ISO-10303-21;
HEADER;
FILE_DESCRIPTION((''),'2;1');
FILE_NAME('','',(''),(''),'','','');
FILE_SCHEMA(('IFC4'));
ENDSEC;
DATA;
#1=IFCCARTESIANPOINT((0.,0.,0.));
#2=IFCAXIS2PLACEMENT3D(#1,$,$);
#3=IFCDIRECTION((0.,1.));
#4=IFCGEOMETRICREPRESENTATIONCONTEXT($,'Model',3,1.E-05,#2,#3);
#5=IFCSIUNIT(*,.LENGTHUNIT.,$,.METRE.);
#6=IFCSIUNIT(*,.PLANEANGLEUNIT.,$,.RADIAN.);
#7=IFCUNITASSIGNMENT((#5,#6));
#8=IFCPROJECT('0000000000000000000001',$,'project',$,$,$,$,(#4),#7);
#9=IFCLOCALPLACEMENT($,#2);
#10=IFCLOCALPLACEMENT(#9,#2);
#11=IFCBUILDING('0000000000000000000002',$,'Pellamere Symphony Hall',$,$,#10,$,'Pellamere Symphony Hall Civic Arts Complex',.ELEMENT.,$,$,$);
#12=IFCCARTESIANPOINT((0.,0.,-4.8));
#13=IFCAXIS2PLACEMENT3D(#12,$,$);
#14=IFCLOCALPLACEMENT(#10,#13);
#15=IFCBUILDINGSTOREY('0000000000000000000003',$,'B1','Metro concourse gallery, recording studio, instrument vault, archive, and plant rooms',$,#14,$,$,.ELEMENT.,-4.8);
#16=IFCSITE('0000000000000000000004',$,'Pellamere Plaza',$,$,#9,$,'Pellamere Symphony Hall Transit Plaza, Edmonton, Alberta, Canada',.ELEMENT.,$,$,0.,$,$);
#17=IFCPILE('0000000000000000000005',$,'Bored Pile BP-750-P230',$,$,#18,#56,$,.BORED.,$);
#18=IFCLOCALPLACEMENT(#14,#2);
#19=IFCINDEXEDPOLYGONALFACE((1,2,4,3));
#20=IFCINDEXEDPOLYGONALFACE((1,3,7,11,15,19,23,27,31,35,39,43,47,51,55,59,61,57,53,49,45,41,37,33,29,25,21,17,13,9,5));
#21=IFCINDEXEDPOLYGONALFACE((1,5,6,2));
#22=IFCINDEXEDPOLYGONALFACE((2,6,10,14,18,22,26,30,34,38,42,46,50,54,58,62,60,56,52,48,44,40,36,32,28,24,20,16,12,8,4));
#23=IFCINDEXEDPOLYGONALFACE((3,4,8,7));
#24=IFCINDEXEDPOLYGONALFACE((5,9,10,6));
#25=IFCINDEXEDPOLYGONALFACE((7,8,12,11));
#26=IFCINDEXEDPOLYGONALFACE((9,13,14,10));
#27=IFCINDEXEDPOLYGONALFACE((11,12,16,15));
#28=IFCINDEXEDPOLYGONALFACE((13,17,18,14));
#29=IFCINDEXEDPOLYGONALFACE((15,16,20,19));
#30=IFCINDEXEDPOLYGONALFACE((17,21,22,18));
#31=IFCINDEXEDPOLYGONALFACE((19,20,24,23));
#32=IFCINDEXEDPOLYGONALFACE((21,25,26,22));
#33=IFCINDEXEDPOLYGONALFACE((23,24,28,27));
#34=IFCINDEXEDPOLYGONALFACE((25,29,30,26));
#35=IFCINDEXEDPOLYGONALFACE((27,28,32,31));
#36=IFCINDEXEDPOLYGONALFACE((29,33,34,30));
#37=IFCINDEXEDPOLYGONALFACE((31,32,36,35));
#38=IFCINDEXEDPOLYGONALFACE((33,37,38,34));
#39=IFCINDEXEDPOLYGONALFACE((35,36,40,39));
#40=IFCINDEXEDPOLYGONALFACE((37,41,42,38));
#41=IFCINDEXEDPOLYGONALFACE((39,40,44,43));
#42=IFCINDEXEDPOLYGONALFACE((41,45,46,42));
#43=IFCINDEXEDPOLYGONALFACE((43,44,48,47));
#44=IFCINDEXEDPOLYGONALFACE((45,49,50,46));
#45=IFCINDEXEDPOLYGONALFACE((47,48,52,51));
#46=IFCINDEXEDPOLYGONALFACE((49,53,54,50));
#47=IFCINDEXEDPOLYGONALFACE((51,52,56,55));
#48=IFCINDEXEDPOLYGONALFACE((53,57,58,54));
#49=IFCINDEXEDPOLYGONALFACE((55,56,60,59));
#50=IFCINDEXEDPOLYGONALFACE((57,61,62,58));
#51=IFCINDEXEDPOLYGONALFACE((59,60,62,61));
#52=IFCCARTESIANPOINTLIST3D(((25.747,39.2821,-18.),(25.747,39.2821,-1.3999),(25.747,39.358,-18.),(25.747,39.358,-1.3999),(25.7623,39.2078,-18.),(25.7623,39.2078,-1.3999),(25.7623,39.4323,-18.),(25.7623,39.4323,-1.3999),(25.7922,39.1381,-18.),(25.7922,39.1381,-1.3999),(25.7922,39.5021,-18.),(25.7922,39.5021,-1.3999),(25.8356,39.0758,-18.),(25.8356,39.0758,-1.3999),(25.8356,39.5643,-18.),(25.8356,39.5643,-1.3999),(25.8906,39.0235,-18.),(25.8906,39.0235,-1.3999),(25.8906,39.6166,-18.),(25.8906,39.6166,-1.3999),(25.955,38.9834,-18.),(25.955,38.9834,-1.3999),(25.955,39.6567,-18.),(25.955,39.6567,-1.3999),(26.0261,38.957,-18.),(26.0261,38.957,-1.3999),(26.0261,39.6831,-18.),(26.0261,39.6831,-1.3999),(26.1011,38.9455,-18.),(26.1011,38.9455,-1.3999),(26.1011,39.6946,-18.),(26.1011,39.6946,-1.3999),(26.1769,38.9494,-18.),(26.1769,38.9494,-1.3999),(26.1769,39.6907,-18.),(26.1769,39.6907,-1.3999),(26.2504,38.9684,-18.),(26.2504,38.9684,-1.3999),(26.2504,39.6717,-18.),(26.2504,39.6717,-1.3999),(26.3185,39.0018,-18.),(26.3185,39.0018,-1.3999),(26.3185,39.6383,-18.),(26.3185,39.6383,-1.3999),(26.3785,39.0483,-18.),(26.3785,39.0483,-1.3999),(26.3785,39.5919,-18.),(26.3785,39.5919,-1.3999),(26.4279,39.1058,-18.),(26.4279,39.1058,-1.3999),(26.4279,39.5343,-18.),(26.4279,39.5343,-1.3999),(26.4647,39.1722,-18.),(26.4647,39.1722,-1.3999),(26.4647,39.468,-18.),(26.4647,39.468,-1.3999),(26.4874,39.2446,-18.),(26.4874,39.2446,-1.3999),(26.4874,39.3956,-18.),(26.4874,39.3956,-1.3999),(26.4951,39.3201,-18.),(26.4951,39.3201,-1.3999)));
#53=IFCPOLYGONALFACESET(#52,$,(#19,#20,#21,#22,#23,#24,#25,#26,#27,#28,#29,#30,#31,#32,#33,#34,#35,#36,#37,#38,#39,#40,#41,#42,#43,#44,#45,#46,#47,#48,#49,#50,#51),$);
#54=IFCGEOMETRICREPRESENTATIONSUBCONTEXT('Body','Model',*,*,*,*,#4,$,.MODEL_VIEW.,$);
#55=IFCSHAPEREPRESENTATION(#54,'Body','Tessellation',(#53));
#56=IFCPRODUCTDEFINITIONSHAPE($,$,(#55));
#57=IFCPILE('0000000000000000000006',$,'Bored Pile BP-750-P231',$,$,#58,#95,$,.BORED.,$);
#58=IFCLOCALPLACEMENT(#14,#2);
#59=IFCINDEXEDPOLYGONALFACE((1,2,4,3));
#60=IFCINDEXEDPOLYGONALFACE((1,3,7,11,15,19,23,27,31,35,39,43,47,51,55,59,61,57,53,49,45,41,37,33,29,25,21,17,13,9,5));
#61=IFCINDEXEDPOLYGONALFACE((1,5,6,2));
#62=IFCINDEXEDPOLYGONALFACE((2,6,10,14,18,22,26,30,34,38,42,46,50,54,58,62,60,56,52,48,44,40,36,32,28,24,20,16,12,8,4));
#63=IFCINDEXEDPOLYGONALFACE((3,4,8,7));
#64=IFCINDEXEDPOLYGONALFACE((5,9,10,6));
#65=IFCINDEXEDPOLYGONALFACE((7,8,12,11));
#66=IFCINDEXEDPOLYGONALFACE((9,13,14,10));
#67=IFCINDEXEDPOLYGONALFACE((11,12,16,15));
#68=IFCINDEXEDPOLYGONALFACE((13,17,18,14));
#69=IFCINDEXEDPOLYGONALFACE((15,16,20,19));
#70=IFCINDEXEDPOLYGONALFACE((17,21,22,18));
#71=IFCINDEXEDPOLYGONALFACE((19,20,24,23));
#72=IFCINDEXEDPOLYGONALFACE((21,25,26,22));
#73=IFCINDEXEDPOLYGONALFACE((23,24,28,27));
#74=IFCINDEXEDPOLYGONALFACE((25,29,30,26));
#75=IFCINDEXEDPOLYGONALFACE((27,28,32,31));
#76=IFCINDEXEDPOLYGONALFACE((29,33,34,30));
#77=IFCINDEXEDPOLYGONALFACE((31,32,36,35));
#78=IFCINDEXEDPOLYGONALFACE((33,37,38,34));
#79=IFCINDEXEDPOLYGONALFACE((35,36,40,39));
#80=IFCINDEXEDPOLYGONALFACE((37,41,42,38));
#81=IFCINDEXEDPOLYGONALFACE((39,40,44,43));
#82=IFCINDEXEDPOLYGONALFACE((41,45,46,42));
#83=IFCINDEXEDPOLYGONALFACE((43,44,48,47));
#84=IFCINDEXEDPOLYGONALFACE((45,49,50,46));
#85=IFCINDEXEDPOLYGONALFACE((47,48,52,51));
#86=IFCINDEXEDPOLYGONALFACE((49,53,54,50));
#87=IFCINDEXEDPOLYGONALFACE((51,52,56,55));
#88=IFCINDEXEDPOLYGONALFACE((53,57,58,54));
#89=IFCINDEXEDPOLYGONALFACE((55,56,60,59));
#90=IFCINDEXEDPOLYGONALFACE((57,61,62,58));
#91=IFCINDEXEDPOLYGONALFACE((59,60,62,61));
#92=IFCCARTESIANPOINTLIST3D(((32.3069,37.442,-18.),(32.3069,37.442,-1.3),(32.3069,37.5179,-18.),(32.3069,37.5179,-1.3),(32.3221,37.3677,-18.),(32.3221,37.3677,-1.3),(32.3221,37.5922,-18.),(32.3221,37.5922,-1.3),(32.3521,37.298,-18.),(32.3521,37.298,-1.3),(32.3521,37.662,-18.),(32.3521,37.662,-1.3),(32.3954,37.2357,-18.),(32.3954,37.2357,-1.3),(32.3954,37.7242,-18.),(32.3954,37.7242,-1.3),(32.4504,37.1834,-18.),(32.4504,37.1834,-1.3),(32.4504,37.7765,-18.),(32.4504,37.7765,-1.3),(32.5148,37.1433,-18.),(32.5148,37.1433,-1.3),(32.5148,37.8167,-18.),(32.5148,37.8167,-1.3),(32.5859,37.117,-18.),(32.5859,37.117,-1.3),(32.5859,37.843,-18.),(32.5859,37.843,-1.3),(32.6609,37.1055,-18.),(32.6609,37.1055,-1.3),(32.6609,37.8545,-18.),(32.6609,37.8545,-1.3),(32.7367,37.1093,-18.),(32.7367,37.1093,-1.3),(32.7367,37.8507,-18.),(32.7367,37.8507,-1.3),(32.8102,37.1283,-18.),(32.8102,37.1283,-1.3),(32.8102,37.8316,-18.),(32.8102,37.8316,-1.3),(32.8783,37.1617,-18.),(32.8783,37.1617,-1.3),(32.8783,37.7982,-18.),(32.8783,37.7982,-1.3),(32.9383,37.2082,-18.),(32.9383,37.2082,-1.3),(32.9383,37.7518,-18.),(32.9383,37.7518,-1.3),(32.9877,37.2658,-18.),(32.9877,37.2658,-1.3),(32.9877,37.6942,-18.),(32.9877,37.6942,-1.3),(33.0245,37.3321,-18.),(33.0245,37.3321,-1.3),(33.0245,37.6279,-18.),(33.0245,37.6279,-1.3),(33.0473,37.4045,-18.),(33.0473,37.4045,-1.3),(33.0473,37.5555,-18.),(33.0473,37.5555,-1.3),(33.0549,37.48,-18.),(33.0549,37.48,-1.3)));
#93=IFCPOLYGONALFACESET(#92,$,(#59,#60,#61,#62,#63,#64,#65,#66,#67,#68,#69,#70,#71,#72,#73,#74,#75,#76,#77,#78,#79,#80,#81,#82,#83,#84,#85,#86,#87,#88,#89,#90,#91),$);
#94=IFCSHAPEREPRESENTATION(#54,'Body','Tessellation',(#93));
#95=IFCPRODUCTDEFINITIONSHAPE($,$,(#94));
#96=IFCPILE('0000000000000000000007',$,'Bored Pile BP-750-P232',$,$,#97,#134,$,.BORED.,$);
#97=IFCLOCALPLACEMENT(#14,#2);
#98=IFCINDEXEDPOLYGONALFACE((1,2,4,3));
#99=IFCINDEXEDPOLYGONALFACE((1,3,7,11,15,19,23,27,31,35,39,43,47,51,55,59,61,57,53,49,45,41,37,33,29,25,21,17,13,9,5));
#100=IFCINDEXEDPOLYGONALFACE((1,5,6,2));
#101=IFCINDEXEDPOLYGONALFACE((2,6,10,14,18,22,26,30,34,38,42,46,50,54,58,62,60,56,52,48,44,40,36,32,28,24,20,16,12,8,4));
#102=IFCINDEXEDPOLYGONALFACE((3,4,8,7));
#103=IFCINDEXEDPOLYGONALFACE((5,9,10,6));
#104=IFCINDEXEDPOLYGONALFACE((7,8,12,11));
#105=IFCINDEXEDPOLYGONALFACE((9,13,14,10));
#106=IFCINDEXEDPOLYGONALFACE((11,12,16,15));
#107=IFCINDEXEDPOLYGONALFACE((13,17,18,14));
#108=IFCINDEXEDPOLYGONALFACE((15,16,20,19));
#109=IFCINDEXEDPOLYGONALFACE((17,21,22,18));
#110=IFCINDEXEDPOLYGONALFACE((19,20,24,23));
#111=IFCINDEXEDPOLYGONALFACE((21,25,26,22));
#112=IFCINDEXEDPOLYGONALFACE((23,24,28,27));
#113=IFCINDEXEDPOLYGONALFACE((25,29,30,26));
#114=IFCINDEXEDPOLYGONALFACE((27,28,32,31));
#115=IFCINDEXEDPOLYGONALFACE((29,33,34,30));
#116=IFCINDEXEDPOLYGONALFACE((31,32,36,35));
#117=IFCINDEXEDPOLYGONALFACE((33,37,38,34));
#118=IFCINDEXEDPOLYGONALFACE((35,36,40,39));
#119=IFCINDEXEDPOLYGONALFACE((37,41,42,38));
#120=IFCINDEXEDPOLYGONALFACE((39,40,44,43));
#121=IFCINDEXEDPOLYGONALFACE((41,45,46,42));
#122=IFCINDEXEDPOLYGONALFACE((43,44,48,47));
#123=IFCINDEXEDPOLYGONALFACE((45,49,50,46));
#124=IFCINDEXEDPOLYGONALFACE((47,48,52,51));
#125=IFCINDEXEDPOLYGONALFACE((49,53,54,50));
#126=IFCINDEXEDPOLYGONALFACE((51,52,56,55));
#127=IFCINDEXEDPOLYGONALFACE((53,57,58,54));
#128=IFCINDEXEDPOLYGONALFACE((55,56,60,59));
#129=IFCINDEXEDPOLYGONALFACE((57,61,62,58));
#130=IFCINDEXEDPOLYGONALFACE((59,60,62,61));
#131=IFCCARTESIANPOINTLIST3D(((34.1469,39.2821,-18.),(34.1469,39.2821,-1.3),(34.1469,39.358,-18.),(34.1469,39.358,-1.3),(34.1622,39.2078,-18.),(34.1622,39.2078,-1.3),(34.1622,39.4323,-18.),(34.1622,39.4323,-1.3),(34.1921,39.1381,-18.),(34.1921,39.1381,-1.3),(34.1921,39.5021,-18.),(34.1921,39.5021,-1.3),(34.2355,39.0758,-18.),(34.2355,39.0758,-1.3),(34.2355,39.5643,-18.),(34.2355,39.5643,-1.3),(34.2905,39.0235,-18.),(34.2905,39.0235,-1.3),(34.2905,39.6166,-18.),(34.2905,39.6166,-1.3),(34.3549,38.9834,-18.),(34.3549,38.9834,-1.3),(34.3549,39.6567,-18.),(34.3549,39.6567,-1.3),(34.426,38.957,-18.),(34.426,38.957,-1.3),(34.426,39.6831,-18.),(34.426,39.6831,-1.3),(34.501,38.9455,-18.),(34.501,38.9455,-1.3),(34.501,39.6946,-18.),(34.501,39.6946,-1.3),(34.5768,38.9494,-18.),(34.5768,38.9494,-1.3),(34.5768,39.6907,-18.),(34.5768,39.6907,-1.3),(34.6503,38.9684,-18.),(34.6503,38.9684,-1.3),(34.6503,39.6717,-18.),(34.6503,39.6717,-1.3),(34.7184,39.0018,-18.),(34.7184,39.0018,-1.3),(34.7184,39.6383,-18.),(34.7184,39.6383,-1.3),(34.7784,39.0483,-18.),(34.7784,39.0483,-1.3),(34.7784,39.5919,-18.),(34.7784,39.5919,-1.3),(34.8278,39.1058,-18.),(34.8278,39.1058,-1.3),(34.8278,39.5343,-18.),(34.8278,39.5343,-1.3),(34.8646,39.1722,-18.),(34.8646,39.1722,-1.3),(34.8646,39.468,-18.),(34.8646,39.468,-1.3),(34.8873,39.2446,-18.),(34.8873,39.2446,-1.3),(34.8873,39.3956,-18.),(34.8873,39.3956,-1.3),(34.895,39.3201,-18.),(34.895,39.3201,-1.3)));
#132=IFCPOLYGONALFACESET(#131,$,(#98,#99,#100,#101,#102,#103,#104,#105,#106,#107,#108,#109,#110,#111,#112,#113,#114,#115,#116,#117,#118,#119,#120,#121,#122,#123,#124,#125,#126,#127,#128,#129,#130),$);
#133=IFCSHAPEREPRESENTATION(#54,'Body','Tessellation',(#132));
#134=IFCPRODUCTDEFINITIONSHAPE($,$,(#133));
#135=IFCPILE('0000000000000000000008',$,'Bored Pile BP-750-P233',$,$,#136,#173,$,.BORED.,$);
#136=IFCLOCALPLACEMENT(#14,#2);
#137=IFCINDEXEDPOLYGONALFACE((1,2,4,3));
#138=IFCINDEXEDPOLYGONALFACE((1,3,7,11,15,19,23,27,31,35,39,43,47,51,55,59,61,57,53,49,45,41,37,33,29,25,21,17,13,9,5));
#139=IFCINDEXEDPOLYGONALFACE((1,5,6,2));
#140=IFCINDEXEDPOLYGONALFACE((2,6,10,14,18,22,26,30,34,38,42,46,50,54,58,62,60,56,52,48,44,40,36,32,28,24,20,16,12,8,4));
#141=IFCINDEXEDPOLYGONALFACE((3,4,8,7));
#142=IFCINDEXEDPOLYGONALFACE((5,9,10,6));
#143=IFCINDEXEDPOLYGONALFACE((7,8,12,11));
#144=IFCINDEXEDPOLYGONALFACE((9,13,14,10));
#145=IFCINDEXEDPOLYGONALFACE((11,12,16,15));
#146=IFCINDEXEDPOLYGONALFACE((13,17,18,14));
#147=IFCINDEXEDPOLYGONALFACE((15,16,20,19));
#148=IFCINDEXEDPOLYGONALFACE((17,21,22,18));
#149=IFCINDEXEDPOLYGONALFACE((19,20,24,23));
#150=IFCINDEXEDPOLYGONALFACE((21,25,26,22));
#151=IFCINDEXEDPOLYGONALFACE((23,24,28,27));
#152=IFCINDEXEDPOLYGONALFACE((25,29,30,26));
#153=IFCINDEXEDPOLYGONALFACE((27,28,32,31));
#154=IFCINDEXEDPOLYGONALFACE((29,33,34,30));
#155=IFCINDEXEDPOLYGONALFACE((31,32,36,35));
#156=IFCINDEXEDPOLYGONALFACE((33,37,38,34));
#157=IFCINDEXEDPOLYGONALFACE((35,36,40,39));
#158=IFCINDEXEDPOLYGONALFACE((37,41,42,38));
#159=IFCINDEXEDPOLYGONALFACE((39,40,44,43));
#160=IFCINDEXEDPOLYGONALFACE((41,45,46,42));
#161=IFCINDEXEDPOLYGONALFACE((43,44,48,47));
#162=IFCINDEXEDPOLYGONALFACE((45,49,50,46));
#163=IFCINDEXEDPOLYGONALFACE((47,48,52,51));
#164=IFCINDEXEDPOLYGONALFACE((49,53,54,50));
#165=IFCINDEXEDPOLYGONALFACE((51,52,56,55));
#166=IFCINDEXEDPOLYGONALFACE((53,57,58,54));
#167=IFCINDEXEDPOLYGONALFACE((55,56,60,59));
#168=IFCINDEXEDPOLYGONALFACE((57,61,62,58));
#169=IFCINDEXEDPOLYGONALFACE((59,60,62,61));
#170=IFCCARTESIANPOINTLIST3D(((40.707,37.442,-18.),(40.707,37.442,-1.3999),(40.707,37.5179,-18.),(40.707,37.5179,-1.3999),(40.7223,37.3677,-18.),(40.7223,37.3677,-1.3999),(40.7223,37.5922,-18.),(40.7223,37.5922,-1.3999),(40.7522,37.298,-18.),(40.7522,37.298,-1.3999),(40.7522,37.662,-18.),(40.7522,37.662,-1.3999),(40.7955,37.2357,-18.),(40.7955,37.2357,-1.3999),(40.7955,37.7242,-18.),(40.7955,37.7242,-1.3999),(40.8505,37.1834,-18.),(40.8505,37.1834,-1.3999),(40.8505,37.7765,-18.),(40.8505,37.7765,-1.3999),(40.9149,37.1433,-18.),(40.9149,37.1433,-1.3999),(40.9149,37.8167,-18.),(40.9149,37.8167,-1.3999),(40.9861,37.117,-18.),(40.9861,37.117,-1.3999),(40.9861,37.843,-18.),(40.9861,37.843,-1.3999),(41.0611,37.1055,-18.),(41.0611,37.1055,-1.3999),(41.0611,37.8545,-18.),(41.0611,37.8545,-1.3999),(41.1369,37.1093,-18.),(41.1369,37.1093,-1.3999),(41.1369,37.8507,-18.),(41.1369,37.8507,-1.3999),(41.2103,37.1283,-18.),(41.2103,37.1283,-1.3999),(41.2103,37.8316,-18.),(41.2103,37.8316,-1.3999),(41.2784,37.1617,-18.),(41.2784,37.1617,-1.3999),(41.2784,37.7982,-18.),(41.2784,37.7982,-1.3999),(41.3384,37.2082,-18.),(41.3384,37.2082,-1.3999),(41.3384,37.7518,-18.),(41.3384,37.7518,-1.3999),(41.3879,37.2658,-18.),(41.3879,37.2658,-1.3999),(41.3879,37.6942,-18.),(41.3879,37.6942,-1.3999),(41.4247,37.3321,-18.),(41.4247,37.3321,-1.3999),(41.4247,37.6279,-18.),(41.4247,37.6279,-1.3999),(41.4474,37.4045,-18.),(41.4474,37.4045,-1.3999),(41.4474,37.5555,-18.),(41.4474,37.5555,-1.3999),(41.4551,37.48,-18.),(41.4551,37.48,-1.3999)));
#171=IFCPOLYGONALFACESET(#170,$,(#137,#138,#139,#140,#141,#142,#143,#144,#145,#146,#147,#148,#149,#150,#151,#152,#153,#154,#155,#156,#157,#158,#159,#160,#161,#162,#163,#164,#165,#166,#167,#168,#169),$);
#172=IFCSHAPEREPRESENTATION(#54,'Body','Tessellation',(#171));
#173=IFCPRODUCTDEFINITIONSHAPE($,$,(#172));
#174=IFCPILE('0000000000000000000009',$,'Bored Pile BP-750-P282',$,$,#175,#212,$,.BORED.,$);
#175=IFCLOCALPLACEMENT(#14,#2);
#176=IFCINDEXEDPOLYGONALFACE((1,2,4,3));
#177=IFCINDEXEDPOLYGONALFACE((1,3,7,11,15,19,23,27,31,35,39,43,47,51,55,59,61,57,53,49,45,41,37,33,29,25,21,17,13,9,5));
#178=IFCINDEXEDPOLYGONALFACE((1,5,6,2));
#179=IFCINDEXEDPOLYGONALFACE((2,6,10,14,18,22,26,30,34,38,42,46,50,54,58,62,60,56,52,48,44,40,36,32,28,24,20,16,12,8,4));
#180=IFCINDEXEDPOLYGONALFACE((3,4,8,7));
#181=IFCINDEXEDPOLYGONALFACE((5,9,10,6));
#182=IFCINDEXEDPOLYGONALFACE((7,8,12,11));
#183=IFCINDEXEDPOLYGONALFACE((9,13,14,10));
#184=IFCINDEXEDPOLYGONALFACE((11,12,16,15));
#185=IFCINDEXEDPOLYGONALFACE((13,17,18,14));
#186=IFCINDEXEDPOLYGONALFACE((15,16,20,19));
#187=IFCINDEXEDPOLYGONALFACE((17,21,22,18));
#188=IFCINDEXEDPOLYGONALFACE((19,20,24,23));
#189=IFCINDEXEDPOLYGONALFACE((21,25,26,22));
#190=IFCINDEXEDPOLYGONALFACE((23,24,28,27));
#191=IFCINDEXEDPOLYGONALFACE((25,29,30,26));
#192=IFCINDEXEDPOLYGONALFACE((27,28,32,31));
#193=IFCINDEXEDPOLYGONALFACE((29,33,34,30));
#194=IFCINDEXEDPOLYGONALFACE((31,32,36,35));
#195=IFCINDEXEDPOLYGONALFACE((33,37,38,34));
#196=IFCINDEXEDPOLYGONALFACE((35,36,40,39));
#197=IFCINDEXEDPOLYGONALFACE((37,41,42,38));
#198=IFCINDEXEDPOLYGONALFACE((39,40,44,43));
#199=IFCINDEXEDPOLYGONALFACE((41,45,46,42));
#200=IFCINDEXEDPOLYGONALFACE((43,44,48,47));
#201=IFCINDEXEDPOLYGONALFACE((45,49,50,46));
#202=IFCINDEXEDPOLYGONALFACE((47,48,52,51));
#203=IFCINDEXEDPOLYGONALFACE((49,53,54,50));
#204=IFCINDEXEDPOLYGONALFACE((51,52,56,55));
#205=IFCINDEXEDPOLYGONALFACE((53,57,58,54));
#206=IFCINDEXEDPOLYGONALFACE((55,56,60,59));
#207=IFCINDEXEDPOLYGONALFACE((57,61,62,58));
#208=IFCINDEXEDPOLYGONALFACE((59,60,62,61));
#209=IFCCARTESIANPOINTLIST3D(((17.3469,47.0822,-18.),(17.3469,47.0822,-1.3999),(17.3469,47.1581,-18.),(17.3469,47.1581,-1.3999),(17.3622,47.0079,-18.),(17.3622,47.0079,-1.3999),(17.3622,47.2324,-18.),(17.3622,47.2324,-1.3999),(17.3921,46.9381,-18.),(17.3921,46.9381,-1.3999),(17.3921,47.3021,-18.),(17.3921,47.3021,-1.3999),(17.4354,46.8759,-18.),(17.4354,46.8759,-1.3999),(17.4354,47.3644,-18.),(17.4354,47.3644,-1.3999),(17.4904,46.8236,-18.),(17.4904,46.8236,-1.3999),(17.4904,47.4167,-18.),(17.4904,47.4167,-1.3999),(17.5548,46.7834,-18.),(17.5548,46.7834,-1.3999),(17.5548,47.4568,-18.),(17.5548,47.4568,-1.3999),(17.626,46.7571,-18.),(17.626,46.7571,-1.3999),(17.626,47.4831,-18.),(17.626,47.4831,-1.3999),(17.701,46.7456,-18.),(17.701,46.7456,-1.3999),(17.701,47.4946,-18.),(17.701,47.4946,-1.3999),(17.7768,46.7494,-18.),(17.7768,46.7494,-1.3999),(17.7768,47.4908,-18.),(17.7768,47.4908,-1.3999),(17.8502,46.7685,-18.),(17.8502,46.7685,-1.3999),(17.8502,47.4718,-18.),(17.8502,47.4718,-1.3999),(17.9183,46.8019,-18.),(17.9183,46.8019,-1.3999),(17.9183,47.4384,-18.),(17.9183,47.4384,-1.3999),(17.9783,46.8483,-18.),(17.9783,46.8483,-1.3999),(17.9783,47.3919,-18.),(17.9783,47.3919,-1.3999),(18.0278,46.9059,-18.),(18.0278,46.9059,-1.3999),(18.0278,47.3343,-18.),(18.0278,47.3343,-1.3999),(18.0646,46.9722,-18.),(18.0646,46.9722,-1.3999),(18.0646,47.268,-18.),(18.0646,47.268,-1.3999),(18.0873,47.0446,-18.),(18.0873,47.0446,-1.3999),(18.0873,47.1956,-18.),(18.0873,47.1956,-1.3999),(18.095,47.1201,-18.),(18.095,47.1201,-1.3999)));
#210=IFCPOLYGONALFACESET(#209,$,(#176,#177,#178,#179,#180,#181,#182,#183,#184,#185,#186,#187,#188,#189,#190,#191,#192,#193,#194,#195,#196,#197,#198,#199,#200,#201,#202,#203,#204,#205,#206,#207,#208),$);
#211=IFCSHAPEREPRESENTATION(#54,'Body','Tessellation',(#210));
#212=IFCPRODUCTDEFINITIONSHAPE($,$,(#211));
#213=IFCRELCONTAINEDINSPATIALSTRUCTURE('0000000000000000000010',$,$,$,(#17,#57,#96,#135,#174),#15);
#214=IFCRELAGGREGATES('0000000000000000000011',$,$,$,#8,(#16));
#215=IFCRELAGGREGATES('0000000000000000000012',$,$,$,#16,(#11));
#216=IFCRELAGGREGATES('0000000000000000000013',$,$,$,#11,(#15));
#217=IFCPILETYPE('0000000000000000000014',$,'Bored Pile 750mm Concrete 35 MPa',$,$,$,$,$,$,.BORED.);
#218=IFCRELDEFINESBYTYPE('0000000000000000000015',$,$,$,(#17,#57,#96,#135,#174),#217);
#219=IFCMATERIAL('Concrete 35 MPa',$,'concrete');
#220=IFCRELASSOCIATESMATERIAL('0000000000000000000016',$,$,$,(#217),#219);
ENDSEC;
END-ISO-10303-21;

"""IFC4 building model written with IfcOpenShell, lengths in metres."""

from ifc_helpers import new_model, si_unit, direction, frame, origin, origin_2d, place, context, subcontext, project, spatial, circle, extrude, material, material_profile, profile_set, type_object, element, save


model = new_model("IFC4")

# Units and contexts
model_context = context("Model", 3, precision=1e-05, world=origin(), true_north=direction((0.0, 1.0)))
body_context = subcontext(model_context, "Body", "Model", "MODEL_VIEW")
ifc_project = project(units=[si_unit("LENGTHUNIT", "METRE"), si_unit("PLANEANGLEUNIT", "RADIAN")], contexts=[model_context])

# Site, building, storey
site_placement = place(None, origin())
site = spatial("IfcSite", under=ifc_project, at=site_placement, Name="Pellamere Plaza", LongName="Pellamere Symphony Hall Transit Plaza, Edmonton, Alberta, Canada", CompositionType="ELEMENT", RefElevation=0.0)
building_placement = place(site_placement, origin())
building = spatial("IfcBuilding", under=site, at=building_placement, Name="Pellamere Symphony Hall", LongName="Pellamere Symphony Hall Civic Arts Complex", CompositionType="ELEMENT")
storey_placement = place(building_placement, frame((0.0, 0.0, -4.8)))
storey = spatial("IfcBuildingStorey", under=building, at=storey_placement, Name="B1", Description="Metro concourse gallery, recording studio, instrument vault, archive, and plant rooms", CompositionType="ELEMENT", Elevation=-4.8)

# Piles
ifc_material_1 = material(Name="Concrete 35 MPa", Category="concrete")
ifc_material_profile_1 = material_profile(ifc_material_1, circle(Radius=0.375, at=origin_2d()), Name="PILE D750")
ifc_profile_set_1 = profile_set([ifc_material_profile_1], Name="Concrete 35 MPa")
pile_type = type_object("IfcPileType", Name="Bored Pile 750mm Concrete 35 MPa", PredefinedType="BORED", material=ifc_profile_set_1)
for number, where, z_axis, x_axis, name in (
    (1, (26.1201, 39.3201, -1.3999), (0.0, 0.0, -1.0), (1.0, 0.0, 0.0), "Bored Pile BP-750-P230"),
):
    element("IfcPile", number, at=place(storey_placement, frame(where, z_axis=z_axis, x_axis=x_axis)), inside=storey, type_object=pile_type, Name=name, PredefinedType="BORED", context=body_context, shape_type="SweptSolid", body=[
        extrude(circle(Radius=0.375, at=origin_2d()), origin(), (0.0, 0.0, 1.0), 16.6001),
    ])
for number, where, z_axis, x_axis, name in (
    (2, (32.6799, 37.48, -1.3), (0.0, 0.0, -1.0), (1.0, 0.0, 0.0), "Bored Pile BP-750-P231"),
    (3, (34.52, 39.3201, -1.3), (0.0, 0.0, -1.0), (1.0, 0.0, 0.0), "Bored Pile BP-750-P232"),
):
    element("IfcPile", number, at=place(storey_placement, frame(where, z_axis=z_axis, x_axis=x_axis)), inside=storey, type_object=pile_type, Name=name, PredefinedType="BORED", context=body_context, shape_type="SweptSolid", body=[
        extrude(circle(Radius=0.375, at=origin_2d()), origin(), (0.0, 0.0, 1.0), 16.7),
    ])
for number, where, z_axis, x_axis, name in (
    (4, (41.0801, 37.48, -1.3999), (0.0, 0.0, -1.0), (1.0, 0.0, 0.0), "Bored Pile BP-750-P233"),
    (5, (17.72, 47.1201, -1.3999), (0.0, 0.0, -1.0), (1.0, 0.0, 0.0), "Bored Pile BP-750-P282"),
):
    element("IfcPile", number, at=place(storey_placement, frame(where, z_axis=z_axis, x_axis=x_axis)), inside=storey, type_object=pile_type, Name=name, PredefinedType="BORED", context=body_context, shape_type="SweptSolid", body=[
        extrude(circle(Radius=0.375, at=origin_2d()), origin(), (0.0, 0.0, 1.0), 16.6001),
    ])

save(model, "model.ifc")
